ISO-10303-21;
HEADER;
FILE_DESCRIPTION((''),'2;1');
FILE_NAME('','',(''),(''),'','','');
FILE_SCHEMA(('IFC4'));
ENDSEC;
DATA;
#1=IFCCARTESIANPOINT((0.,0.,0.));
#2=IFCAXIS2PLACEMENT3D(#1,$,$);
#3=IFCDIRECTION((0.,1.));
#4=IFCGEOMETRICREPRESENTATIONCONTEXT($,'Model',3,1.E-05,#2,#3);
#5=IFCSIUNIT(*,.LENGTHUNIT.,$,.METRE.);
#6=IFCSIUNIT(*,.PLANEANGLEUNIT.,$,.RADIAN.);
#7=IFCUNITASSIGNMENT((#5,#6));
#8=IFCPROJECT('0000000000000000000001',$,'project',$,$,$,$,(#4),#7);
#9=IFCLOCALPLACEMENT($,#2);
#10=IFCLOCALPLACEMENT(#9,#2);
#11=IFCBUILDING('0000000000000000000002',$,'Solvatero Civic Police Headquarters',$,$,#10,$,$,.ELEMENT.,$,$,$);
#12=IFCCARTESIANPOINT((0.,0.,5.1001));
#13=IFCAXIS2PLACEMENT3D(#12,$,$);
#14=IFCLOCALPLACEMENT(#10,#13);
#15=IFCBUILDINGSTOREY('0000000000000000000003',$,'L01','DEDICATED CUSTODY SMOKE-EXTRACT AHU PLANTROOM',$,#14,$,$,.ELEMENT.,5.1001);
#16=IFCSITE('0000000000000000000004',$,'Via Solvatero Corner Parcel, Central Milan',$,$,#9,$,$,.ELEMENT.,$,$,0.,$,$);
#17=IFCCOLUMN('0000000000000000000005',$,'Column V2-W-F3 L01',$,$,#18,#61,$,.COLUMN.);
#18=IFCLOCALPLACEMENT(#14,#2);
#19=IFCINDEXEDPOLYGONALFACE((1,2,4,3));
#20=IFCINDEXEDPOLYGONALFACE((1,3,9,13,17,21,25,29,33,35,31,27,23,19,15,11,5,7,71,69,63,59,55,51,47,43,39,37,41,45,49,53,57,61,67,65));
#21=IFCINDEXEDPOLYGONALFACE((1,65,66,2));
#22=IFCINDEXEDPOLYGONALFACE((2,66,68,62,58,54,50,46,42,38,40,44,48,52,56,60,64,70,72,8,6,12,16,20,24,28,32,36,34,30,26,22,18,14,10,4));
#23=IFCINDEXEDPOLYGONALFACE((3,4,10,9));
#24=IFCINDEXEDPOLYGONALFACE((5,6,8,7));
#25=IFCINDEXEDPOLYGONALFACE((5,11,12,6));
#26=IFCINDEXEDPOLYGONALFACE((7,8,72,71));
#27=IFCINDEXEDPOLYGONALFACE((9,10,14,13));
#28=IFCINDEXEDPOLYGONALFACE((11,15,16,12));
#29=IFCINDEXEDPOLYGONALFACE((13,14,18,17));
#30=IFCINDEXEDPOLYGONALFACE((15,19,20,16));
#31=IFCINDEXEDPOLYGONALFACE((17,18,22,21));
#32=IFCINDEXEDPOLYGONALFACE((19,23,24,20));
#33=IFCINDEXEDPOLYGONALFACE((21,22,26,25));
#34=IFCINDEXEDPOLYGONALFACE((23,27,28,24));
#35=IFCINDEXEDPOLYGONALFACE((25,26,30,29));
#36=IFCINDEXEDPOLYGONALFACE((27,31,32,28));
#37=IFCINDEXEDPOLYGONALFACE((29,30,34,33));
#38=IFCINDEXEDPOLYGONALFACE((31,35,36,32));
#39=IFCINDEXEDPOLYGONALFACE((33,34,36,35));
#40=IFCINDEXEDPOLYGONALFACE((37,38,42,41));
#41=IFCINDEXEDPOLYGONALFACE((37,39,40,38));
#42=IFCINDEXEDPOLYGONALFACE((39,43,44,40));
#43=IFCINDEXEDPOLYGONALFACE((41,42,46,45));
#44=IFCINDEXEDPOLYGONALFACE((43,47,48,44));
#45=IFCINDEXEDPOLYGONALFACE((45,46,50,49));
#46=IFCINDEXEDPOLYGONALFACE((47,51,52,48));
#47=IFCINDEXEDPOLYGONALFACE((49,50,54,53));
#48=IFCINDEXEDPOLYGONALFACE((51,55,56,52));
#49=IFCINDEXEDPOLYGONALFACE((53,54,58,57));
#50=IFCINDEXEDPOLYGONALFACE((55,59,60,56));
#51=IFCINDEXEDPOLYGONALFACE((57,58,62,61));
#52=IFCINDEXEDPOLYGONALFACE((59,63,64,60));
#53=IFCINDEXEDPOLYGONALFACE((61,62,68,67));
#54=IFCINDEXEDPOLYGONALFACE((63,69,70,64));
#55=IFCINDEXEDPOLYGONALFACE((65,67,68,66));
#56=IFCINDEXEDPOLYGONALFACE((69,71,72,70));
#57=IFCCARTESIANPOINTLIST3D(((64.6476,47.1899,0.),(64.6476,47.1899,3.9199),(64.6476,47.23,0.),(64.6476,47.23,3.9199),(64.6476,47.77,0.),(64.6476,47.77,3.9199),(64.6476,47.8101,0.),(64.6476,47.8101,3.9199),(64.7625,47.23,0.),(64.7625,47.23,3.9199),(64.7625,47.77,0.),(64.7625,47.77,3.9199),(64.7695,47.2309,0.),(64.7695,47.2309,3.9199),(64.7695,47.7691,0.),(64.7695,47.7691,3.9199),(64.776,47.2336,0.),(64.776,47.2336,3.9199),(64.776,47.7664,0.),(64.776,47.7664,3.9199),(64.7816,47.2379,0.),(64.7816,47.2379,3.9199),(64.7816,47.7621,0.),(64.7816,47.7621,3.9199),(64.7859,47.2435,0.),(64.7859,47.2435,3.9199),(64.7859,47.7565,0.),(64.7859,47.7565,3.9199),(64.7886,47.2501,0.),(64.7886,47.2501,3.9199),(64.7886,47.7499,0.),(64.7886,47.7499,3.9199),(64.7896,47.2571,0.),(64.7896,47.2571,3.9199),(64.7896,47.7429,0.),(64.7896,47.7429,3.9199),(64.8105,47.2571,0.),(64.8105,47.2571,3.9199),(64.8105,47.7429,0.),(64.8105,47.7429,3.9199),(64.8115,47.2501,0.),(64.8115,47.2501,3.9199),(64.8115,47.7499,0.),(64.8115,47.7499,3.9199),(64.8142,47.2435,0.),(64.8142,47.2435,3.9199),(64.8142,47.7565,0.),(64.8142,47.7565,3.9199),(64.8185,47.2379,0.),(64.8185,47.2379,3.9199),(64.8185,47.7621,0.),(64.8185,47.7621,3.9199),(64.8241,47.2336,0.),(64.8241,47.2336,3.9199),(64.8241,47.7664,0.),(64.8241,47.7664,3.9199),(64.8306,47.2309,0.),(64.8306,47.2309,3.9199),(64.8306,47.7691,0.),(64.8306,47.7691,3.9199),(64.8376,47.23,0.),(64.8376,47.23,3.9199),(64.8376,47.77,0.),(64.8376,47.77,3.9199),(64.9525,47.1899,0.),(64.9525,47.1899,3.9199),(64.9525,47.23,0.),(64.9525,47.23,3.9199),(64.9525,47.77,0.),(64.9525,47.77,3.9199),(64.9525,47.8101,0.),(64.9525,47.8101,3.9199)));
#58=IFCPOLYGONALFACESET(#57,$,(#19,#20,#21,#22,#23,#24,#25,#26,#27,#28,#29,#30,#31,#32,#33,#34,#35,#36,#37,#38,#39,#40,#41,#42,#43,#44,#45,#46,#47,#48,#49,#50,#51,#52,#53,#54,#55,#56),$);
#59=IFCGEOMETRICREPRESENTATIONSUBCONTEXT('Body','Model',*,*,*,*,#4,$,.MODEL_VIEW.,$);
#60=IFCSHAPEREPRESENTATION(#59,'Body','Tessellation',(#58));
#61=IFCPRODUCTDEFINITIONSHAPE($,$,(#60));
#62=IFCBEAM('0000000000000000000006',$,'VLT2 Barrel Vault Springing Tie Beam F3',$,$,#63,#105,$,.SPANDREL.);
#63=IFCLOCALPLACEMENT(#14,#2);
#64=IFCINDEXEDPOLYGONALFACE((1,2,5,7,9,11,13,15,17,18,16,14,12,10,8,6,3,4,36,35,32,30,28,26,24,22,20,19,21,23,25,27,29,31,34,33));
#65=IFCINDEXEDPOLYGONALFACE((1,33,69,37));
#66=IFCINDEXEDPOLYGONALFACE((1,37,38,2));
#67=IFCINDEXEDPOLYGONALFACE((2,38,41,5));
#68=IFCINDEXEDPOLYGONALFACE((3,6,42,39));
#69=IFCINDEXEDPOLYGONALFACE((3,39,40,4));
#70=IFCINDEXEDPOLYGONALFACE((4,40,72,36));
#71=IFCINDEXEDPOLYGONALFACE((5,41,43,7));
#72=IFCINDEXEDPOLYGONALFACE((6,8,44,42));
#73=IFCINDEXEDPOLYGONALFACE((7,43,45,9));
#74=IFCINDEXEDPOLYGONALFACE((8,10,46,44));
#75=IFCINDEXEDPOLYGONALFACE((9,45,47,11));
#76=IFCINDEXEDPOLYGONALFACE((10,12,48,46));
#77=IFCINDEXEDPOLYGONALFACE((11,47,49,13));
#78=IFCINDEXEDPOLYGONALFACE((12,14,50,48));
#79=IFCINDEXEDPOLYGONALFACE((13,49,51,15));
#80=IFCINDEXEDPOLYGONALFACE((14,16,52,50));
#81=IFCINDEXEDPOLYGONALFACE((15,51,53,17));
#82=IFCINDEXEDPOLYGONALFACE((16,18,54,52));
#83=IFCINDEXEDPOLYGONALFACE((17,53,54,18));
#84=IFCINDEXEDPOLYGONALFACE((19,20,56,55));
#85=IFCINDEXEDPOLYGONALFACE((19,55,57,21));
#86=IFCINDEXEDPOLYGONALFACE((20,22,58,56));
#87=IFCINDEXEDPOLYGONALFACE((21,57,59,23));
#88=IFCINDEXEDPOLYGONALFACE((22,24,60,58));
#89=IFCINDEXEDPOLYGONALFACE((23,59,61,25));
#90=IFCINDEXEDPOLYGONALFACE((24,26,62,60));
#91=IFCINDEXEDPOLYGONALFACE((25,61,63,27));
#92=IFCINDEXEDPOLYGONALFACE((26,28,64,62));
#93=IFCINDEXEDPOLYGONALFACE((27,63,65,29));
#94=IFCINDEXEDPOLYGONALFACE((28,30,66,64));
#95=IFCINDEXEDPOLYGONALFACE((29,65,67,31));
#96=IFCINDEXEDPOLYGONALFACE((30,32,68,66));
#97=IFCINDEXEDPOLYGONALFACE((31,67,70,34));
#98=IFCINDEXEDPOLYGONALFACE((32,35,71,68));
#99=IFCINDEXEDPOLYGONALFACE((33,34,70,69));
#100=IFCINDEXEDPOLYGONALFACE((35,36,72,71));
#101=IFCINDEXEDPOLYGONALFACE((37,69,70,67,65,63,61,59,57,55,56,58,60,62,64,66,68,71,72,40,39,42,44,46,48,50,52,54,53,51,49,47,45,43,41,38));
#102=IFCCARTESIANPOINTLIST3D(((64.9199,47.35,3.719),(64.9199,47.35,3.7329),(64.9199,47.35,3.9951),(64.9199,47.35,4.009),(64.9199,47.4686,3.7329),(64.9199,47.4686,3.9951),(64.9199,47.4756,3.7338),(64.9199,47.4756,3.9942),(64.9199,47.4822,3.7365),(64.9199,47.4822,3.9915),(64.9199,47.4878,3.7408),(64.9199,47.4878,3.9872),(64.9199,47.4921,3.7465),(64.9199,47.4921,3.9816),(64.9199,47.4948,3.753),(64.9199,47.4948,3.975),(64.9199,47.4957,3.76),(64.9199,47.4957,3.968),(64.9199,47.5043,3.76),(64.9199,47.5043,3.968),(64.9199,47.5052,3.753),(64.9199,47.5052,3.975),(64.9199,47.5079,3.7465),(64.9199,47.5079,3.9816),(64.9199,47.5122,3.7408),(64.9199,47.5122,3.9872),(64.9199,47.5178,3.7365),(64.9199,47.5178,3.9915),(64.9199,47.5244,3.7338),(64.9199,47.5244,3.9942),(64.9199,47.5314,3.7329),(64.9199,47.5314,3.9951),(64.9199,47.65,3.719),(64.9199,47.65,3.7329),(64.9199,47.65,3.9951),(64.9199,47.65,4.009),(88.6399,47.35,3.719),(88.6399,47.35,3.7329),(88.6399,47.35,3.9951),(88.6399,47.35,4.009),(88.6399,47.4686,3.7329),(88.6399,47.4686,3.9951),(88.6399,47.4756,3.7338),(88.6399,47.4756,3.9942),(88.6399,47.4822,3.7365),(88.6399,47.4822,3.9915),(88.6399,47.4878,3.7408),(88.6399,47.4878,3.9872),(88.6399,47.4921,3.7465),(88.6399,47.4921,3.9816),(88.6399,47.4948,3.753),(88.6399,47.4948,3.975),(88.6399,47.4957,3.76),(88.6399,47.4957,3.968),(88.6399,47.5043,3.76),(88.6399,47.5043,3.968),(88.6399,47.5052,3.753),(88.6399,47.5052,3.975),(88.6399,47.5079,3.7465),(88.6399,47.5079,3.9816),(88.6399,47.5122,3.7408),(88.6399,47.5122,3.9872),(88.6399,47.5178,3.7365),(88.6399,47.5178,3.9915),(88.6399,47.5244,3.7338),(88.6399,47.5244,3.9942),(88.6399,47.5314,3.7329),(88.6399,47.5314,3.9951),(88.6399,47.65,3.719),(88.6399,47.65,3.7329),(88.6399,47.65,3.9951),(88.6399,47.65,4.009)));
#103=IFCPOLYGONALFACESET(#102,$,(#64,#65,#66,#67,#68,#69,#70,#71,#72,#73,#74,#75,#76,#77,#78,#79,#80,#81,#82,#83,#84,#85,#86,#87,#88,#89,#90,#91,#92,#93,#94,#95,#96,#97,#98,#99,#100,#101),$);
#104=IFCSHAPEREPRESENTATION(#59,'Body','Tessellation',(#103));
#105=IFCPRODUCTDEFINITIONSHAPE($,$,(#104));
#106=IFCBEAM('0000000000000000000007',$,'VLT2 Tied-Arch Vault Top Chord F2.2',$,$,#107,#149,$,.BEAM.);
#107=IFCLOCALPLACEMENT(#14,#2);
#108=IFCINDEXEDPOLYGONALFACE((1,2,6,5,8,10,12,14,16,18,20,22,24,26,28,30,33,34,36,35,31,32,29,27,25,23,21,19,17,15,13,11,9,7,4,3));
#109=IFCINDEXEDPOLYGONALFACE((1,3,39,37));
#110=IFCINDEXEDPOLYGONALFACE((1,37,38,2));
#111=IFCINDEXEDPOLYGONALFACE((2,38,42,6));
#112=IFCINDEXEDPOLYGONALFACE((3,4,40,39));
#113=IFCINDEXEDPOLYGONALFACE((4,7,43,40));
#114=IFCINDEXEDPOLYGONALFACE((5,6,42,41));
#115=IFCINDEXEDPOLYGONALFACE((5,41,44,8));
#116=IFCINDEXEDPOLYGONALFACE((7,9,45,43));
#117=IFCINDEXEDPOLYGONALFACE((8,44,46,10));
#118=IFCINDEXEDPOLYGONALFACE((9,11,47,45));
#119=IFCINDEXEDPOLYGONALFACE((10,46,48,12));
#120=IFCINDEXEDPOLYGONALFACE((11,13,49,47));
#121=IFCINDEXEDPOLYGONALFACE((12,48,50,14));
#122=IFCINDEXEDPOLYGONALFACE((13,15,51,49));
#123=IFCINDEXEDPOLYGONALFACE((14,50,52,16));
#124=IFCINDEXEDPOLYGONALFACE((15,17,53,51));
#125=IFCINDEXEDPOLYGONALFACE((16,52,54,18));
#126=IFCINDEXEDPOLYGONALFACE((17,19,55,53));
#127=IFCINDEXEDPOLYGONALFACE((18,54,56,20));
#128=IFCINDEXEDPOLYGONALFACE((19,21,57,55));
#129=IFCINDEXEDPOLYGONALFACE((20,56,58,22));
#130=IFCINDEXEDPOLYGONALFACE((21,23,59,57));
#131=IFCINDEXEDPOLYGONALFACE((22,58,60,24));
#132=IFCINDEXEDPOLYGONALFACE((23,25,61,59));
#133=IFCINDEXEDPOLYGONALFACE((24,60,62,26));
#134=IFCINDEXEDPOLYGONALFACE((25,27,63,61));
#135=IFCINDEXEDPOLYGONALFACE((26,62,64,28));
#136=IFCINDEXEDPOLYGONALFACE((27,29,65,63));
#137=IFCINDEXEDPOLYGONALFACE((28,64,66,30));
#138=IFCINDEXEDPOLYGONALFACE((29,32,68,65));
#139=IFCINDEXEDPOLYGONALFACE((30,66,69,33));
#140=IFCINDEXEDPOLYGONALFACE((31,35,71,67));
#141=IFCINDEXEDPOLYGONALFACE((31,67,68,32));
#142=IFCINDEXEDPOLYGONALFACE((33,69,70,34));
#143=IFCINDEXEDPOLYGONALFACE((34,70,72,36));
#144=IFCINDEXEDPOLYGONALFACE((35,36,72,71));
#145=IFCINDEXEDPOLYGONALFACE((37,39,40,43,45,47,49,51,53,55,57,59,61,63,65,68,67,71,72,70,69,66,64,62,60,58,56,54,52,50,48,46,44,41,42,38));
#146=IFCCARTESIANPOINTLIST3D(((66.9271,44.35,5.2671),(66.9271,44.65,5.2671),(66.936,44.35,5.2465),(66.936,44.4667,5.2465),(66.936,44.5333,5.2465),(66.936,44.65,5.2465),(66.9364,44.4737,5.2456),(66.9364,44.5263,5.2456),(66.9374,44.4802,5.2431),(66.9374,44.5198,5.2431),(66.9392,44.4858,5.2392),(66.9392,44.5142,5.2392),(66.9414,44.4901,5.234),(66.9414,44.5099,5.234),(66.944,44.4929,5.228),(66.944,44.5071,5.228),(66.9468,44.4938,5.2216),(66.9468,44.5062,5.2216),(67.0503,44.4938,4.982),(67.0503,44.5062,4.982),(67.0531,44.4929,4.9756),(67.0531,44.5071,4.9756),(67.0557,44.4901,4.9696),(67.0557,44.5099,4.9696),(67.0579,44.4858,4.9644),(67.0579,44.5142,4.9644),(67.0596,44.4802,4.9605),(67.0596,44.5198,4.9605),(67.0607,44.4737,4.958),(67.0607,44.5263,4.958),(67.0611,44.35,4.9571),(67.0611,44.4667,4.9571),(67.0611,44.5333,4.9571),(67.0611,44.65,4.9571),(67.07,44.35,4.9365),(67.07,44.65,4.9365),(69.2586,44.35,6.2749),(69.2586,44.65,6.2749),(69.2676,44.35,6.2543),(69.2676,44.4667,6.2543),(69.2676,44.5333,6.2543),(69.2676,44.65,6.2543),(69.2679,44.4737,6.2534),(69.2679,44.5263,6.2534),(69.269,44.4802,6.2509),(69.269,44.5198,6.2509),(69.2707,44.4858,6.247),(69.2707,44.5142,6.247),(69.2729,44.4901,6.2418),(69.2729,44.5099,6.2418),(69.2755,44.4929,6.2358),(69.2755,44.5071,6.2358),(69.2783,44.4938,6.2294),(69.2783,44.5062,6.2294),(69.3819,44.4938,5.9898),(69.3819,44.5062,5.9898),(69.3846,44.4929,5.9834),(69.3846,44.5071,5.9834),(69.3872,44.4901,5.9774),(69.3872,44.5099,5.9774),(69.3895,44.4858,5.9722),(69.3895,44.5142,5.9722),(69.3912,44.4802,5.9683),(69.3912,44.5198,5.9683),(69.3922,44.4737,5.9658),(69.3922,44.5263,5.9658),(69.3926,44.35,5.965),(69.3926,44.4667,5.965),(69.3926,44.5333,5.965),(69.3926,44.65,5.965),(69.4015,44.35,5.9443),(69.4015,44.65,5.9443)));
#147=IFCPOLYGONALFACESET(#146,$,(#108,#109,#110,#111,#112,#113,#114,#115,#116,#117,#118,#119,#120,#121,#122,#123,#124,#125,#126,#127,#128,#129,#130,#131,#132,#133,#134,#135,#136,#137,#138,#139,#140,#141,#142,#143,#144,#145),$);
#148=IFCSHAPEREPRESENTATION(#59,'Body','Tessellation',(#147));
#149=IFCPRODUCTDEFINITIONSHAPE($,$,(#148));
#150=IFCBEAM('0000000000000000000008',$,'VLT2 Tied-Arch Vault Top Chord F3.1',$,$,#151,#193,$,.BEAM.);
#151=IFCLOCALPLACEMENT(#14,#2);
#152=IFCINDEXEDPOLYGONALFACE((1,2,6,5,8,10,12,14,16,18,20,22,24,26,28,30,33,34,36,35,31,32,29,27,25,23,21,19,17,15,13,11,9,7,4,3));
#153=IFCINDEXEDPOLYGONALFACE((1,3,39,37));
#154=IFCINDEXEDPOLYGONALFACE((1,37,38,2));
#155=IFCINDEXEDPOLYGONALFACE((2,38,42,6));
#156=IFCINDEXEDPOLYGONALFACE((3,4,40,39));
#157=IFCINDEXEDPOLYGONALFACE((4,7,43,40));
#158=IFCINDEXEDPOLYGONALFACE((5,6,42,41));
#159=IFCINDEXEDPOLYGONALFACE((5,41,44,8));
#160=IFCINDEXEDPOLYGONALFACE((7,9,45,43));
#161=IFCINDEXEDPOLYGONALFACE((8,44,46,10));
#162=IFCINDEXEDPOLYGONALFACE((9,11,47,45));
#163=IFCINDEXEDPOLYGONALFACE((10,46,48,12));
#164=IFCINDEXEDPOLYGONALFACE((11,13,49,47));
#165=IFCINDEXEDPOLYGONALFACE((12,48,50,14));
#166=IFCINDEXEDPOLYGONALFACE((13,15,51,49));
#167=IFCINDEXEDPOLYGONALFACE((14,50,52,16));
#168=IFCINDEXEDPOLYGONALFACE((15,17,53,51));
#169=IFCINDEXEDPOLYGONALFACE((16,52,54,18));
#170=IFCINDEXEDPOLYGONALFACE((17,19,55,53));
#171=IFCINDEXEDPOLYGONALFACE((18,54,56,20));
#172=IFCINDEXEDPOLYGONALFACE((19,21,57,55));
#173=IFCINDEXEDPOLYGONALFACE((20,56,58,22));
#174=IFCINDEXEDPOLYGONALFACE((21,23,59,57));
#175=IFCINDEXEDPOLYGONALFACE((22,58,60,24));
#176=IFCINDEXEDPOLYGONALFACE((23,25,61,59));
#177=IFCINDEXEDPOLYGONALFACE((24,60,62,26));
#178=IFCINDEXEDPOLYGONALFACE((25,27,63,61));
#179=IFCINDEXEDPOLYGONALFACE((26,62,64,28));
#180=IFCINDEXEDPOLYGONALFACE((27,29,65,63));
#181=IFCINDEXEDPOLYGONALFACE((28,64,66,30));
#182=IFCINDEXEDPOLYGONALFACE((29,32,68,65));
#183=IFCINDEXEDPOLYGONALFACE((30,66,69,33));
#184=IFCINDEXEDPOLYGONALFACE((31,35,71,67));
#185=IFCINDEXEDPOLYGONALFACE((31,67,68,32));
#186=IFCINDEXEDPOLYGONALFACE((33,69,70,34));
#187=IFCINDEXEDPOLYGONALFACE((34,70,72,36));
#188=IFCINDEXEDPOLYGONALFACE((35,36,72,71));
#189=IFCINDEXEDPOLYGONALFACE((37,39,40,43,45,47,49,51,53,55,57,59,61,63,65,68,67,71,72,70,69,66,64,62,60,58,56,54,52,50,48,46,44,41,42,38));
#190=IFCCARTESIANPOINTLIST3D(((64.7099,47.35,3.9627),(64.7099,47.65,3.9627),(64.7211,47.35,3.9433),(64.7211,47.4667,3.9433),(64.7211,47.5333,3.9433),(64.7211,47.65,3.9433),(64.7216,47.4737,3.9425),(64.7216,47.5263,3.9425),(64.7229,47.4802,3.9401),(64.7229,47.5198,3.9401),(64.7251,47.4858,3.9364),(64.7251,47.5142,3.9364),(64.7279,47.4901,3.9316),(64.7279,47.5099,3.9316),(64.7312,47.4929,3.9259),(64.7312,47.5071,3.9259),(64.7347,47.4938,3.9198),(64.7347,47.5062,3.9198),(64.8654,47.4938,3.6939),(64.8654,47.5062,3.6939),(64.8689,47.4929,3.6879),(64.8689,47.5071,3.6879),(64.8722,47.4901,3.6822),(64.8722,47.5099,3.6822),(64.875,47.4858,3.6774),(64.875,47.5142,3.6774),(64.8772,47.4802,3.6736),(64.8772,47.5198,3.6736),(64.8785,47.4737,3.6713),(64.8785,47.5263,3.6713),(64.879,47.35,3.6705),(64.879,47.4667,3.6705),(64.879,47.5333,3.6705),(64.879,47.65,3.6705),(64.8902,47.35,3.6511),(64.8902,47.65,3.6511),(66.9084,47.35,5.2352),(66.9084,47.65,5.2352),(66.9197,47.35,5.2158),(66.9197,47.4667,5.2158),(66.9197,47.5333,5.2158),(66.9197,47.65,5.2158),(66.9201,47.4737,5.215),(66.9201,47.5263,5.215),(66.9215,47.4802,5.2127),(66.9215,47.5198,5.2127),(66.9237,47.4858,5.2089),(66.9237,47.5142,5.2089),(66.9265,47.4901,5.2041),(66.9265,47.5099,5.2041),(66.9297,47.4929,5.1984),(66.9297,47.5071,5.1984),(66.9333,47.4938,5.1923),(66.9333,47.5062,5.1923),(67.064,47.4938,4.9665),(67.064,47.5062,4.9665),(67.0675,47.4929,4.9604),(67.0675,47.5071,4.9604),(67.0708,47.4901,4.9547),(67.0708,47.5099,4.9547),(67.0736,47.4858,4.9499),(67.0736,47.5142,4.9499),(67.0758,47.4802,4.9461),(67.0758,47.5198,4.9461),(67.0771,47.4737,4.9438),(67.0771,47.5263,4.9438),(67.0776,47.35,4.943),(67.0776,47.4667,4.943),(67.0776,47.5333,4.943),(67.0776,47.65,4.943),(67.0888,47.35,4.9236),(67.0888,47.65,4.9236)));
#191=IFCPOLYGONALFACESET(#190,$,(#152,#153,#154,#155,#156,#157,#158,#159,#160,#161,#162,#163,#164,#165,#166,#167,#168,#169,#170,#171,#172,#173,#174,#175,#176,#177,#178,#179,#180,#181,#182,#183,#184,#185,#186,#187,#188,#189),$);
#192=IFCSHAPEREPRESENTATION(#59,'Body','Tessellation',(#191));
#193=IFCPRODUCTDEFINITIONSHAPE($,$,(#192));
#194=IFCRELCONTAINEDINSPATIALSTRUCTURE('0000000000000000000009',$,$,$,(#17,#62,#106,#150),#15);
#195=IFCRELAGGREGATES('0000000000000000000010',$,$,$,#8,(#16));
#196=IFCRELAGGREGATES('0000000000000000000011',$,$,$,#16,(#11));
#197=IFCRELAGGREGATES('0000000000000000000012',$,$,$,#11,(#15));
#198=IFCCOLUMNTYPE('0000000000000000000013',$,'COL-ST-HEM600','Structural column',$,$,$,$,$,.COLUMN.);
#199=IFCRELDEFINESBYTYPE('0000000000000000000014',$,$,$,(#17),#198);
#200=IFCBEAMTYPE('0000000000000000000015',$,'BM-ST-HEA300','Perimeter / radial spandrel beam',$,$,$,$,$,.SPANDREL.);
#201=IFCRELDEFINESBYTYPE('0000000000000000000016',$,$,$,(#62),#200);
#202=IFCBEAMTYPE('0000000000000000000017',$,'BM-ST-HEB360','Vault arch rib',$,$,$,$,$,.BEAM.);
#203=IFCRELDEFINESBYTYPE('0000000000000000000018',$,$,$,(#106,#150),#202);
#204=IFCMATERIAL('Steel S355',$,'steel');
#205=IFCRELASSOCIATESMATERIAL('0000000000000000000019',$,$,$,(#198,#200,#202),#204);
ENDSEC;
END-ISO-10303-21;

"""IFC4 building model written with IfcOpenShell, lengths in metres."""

from ifc_helpers import new_model, si_unit, direction, frame, origin, origin_2d, place, context, subcontext, project, spatial, i_section, extrude, material, material_profile, profile_set, type_object, element, save


model = new_model("IFC4")

# Units and contexts
model_context = context("Model", 3, precision=1e-05, world=origin(), true_north=direction((0.0, 1.0)))
body_context = subcontext(model_context, "Body", "Model", "MODEL_VIEW")
ifc_project = project(units=[si_unit("LENGTHUNIT", "METRE"), si_unit("PLANEANGLEUNIT", "RADIAN")], contexts=[model_context])

# Site, building, storey
site_placement = place(None, origin())
site = spatial("IfcSite", under=ifc_project, at=site_placement, Name="Via Solvatero Corner Parcel, Central Milan", CompositionType="ELEMENT", RefElevation=0.0)
building_placement = place(site_placement, origin())
building = spatial("IfcBuilding", under=site, at=building_placement, Name="Solvatero Civic Police Headquarters", CompositionType="ELEMENT")
storey_placement = place(building_placement, frame((0.0, 0.0, 5.1001)))
storey = spatial("IfcBuildingStorey", under=building, at=storey_placement, Name="L01", Description="DEDICATED CUSTODY SMOKE-EXTRACT AHU PLANTROOM", CompositionType="ELEMENT", Elevation=5.1001)

# Column
ifc_material_1 = material(Name="Steel S355", Category="steel")
ifc_material_profile_1 = material_profile(ifc_material_1, i_section(OverallWidth=0.3049, OverallDepth=0.6201, WebThickness=0.021, FlangeThickness=0.04, FilletRadius=0.0271, at=origin_2d()), Name="HEM 600")
ifc_profile_set_1 = profile_set([ifc_material_profile_1], Name="Steel S355")
column_type = type_object("IfcColumnType", Name="COL-ST-HEM600", Description="Structural column", PredefinedType="COLUMN", material=ifc_profile_set_1)
column_placement = place(storey_placement, frame((64.8, 47.5, 0.0), z_axis=(0.0, 0.0, 1.0), x_axis=(1.0, 0.0, 0.0)))
element("IfcColumn", 1, at=column_placement, inside=storey, type_object=column_type, Name="Column V2-W-F3 L01", PredefinedType="COLUMN", context=body_context, shape_type="SweptSolid", body=[
    extrude(i_section(OverallWidth=0.3049, OverallDepth=0.6201, WebThickness=0.021, FlangeThickness=0.04, FilletRadius=0.0271, at=origin_2d()), origin(), (0.0, 0.0, 1.0), 3.9199),
])

# Beams
ifc_material_profile_2 = material_profile(ifc_material_1, i_section(OverallWidth=0.3, OverallDepth=0.29, WebThickness=0.0085, FlangeThickness=0.0139, FilletRadius=0.0271, at=origin_2d()), Name="HEA 300")
ifc_profile_set_2 = profile_set([ifc_material_profile_2], Name="Steel S355")
beam_type_1 = type_object("IfcBeamType", Name="BM-ST-HEA300", Description="Perimeter / radial spandrel beam", PredefinedType="SPANDREL", material=ifc_profile_set_2)
beam_1_placement = place(storey_placement, frame((64.9199, 47.5, 3.864), z_axis=(1.0, 0.0, 0.0), x_axis=(0.0, 1.0, 0.0)))
element("IfcBeam", 2, at=beam_1_placement, inside=storey, type_object=beam_type_1, Name="VLT2 Barrel Vault Springing Tie Beam F3", PredefinedType="SPANDREL", context=body_context, shape_type="SweptSolid", body=[
    extrude(i_section(OverallWidth=0.3, OverallDepth=0.29, WebThickness=0.0085, FlangeThickness=0.0139, FilletRadius=0.0271, at=origin_2d()), origin(), (0.0, 0.0, 1.0), 23.72),
])
ifc_material_profile_3 = material_profile(ifc_material_1, i_section(OverallWidth=0.3, OverallDepth=0.3601, WebThickness=0.0125, FlangeThickness=0.0225, FilletRadius=0.0271, at=origin_2d()), Name="HEB 360")
ifc_profile_set_3 = profile_set([ifc_material_profile_3], Name="Steel S355")
beam_type_2 = type_object("IfcBeamType", Name="BM-ST-HEB360", Description="Vault arch rib", PredefinedType="BEAM", material=ifc_profile_set_3)
beam_2_placement = place(storey_placement, frame((66.9985, 44.5, 5.1018), z_axis=(0.917918, 0.0, 0.396771), x_axis=(0.0, 1.0, 0.0)))
element("IfcBeam", 3, at=beam_2_placement, inside=storey, type_object=beam_type_2, Name="VLT2 Tied-Arch Vault Top Chord F2.2", PredefinedType="BEAM", context=body_context, shape_type="SweptSolid", body=[
    extrude(i_section(OverallWidth=0.3, OverallDepth=0.3601, WebThickness=0.0125, FlangeThickness=0.0225, FilletRadius=0.0271, at=origin_2d()), origin(), (0.0, 0.0, 1.0), 2.54),
])
beam_3_placement = place(storey_placement, frame((64.8, 47.5, 3.8069), z_axis=(0.865486, 0.0, 0.500934), x_axis=(0.0, 1.0, 0.0)))
element("IfcBeam", 4, at=beam_3_placement, inside=storey, type_object=beam_type_2, Name="VLT2 Tied-Arch Vault Top Chord F3.1", PredefinedType="BEAM", context=body_context, shape_type="SweptSolid", body=[
    extrude(i_section(OverallWidth=0.3, OverallDepth=0.3601, WebThickness=0.0125, FlangeThickness=0.0225, FilletRadius=0.0271, at=origin_2d()), origin(), (0.0, 0.0, 1.0), 2.5403),
])

save(model, "model.ifc")
